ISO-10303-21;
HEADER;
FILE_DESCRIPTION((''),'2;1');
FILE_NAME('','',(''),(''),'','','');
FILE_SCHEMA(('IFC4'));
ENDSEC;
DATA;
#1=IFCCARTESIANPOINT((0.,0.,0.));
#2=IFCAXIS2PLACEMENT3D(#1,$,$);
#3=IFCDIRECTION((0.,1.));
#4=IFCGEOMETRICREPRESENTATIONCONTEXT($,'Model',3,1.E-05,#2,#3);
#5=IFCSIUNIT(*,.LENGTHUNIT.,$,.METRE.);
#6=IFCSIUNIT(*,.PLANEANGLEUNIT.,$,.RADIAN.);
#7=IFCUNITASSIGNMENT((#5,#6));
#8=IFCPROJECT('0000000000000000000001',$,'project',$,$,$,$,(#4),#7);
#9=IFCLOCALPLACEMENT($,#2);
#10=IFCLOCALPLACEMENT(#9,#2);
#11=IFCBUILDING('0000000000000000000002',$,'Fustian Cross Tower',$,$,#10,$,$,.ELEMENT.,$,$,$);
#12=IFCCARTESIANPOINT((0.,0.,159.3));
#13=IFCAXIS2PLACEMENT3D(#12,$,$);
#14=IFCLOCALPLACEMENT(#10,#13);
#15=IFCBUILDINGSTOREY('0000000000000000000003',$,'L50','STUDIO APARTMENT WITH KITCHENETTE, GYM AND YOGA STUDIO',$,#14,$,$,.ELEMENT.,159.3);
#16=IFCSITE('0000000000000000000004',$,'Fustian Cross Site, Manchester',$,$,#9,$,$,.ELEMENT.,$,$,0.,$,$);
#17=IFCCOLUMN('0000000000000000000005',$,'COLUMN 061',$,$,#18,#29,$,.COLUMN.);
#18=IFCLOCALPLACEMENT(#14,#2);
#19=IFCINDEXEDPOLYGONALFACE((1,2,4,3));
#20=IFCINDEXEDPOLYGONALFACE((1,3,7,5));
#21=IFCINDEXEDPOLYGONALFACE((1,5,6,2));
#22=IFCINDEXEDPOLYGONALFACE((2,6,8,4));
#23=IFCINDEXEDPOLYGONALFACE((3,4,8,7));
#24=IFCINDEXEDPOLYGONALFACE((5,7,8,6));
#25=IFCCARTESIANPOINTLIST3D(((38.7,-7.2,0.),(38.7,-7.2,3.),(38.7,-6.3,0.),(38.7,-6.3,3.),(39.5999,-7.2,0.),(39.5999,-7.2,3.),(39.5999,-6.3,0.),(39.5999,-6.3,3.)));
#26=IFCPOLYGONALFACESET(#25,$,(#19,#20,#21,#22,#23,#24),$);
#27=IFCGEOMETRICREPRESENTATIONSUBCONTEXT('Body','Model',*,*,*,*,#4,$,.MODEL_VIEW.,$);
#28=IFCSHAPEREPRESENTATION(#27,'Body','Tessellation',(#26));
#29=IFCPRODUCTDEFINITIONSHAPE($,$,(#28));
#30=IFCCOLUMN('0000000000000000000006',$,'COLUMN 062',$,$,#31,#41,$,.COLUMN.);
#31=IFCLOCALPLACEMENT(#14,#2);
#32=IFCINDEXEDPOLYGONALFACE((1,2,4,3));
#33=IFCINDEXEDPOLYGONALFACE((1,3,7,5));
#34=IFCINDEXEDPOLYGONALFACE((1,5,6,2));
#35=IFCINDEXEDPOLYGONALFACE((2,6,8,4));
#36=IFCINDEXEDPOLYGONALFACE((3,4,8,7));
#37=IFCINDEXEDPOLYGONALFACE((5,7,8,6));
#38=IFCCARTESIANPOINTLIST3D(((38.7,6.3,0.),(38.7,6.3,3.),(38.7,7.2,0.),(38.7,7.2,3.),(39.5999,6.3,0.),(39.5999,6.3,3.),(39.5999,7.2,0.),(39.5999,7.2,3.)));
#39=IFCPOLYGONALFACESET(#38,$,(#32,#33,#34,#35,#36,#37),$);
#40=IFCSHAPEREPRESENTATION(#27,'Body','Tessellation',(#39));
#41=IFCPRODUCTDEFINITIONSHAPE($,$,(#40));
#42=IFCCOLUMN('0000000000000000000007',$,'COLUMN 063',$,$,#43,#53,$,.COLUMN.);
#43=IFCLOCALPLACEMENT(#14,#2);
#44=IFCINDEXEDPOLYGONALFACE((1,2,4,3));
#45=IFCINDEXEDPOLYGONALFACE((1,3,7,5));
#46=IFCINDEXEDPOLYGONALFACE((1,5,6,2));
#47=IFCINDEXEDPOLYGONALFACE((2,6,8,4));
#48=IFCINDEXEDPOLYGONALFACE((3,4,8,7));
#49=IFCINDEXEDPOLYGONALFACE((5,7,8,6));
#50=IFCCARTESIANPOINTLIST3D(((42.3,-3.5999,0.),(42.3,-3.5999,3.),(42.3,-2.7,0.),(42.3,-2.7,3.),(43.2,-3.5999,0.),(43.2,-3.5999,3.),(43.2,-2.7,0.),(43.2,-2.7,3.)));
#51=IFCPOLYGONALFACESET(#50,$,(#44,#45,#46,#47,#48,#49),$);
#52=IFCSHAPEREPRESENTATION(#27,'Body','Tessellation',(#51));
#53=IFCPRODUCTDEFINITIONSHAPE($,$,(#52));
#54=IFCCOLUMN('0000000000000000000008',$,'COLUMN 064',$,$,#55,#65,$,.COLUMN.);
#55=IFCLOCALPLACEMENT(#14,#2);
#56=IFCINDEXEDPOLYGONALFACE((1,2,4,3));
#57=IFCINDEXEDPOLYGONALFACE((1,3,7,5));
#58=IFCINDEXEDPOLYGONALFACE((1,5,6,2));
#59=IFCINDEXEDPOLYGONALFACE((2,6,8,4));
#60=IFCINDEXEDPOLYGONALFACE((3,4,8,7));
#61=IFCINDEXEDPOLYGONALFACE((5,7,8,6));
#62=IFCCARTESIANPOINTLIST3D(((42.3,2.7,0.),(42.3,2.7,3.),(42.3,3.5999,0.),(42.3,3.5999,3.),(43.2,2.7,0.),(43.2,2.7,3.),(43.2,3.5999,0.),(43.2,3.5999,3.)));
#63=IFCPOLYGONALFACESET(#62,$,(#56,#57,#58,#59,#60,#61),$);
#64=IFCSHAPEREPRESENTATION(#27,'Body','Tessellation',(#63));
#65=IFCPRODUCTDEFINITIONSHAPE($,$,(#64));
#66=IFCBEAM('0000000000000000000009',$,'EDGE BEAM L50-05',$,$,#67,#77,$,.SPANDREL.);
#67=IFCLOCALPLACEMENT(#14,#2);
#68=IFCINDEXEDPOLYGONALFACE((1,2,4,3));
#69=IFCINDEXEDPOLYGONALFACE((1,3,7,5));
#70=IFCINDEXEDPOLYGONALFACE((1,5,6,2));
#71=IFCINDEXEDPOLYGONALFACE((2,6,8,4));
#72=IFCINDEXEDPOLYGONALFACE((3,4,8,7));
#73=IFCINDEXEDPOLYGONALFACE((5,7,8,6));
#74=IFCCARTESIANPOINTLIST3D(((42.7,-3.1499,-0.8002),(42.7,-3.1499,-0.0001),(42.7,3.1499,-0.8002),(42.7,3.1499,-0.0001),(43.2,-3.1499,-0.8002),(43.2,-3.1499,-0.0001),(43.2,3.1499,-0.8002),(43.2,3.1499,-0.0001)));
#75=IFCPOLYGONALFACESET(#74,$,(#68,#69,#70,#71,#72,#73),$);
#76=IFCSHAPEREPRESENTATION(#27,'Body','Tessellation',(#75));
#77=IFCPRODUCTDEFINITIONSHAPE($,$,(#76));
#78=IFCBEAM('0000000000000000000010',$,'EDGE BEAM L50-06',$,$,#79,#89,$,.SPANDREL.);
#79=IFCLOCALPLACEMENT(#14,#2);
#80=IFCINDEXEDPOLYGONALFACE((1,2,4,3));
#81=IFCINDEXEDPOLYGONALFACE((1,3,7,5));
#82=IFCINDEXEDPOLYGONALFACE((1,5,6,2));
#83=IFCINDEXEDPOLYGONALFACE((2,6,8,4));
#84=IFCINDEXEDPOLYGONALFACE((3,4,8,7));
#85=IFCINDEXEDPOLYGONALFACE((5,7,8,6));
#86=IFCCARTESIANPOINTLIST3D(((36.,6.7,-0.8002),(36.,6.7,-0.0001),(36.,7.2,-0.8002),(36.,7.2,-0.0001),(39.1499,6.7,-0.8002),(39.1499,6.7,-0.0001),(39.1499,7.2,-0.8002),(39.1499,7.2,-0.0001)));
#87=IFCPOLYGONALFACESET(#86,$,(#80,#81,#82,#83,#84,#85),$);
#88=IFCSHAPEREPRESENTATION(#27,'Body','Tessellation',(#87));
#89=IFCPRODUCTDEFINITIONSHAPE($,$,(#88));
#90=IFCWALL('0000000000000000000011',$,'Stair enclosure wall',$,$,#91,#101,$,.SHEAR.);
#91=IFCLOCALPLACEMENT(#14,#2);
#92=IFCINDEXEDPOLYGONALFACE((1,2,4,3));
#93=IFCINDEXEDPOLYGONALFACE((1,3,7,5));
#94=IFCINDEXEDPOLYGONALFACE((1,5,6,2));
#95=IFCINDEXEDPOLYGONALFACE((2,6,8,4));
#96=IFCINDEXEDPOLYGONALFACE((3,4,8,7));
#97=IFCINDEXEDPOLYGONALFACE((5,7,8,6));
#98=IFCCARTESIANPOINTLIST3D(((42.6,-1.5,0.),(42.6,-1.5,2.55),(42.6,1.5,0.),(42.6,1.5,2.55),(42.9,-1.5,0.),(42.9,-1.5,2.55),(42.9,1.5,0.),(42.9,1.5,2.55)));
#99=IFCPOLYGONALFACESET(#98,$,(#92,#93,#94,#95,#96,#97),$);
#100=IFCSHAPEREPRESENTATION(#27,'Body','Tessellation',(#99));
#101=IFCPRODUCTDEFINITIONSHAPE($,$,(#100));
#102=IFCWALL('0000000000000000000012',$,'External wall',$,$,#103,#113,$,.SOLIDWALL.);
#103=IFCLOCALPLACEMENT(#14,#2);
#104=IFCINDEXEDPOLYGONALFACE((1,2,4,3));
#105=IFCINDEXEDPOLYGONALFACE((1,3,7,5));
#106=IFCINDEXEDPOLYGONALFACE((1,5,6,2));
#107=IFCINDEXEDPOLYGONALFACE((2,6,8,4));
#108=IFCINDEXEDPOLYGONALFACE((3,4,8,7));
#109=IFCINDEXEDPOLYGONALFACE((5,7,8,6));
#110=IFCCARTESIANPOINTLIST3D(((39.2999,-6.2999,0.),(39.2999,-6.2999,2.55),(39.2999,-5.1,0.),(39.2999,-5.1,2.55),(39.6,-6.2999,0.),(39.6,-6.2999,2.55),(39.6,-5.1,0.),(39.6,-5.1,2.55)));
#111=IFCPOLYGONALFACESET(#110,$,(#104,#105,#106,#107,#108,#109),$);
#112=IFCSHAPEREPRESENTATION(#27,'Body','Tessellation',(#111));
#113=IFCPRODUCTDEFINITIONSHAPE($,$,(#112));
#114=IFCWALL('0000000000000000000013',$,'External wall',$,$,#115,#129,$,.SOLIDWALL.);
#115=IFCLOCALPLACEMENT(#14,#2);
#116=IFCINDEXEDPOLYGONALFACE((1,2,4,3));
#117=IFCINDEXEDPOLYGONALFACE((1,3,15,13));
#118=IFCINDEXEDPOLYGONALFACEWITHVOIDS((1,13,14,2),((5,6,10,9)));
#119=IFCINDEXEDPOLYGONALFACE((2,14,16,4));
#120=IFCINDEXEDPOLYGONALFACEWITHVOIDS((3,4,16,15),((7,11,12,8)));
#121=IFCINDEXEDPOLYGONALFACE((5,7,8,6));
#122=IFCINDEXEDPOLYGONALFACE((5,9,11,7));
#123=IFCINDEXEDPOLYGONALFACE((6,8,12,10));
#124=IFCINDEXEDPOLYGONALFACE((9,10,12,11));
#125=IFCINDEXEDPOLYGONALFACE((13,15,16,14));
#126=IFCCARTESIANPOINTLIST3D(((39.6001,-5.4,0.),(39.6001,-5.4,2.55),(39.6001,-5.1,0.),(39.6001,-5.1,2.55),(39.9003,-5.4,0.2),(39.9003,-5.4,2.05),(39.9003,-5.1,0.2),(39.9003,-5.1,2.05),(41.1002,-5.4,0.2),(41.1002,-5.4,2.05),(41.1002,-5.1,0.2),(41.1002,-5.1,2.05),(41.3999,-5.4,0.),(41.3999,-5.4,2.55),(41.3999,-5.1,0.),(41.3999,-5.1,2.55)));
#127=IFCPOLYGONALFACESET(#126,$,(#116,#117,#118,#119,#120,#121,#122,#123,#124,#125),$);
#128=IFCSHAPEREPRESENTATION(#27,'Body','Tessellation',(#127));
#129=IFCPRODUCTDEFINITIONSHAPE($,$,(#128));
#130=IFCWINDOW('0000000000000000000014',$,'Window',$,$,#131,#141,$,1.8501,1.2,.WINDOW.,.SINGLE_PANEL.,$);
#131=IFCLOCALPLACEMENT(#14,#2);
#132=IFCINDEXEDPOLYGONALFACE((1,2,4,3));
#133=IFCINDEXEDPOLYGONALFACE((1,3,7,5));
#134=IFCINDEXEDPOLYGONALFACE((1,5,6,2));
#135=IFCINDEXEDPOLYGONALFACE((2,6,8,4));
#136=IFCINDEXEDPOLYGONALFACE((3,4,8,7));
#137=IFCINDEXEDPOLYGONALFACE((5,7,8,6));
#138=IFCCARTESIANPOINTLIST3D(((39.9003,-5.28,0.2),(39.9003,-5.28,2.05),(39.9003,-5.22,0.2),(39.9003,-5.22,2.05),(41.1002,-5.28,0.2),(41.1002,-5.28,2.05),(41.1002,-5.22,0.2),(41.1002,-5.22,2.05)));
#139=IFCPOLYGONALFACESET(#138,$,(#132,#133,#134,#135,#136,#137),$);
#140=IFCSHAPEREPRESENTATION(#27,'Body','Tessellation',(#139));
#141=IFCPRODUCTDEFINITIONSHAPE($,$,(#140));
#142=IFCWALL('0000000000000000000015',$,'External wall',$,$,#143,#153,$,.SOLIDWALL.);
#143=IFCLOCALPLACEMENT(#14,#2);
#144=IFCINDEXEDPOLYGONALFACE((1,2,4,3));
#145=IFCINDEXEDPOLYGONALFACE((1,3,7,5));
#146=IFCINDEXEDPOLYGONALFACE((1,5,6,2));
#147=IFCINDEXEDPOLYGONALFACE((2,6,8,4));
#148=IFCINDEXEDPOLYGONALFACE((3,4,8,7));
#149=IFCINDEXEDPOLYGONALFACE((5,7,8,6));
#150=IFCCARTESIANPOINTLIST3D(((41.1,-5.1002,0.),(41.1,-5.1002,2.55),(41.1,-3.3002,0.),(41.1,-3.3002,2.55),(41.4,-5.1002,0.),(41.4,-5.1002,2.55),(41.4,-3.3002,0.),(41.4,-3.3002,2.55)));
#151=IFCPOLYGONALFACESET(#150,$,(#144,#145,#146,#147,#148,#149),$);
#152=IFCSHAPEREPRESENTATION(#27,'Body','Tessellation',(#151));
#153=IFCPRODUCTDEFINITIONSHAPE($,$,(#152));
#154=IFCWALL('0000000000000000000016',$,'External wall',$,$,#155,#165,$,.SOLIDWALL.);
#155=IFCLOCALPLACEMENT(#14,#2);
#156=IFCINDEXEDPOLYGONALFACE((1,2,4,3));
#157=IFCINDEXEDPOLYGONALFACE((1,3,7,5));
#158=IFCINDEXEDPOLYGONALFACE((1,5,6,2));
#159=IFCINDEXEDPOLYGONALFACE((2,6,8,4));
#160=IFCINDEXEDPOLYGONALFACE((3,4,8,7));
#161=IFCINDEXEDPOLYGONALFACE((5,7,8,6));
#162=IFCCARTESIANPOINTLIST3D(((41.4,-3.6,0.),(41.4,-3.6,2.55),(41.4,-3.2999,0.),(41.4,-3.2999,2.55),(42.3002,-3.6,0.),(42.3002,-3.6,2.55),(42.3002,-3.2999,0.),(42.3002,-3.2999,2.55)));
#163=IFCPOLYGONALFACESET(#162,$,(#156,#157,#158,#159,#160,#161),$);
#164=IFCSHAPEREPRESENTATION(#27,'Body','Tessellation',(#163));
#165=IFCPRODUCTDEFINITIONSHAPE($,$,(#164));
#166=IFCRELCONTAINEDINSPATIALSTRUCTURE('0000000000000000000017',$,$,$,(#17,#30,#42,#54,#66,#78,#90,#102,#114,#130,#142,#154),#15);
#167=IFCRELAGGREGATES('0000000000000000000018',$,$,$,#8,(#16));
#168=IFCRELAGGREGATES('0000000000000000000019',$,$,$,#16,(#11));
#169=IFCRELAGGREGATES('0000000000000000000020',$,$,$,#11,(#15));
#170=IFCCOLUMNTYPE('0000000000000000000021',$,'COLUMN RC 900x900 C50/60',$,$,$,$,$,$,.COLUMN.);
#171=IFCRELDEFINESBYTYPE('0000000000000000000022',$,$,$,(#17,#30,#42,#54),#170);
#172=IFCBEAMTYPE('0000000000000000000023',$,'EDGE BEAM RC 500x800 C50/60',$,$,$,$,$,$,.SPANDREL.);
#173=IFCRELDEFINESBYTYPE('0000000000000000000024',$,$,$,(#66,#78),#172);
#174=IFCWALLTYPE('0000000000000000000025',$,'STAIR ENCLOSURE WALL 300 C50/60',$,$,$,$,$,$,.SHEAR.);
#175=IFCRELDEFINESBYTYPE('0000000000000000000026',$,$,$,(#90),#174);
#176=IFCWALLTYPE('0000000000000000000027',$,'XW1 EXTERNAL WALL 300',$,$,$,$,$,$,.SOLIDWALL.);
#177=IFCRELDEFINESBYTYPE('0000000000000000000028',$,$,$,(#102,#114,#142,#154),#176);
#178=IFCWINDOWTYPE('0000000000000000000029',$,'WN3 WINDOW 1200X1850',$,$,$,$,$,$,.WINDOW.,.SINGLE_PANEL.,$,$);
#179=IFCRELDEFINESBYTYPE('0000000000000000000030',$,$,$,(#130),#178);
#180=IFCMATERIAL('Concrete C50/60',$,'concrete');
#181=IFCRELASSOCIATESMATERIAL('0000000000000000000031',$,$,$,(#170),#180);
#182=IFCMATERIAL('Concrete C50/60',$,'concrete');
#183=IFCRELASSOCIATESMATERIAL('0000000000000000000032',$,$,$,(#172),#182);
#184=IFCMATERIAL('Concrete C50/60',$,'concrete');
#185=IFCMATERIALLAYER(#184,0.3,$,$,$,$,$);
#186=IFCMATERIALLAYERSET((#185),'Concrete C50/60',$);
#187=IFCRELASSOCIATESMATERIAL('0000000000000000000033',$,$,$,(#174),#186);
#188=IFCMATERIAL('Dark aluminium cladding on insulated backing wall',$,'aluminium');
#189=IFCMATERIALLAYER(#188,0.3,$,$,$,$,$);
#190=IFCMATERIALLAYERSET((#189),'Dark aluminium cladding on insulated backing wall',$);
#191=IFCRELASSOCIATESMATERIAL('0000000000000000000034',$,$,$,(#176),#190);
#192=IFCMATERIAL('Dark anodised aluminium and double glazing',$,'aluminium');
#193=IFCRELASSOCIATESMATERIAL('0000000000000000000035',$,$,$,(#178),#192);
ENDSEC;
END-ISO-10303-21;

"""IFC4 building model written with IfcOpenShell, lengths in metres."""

from ifc_helpers import new_model, si_unit, direction, frame, frame_2d, origin, origin_2d, place, context, subcontext, project, spatial, rectangle, extrude, material, layer, layer_set, material_profile, profile_set, type_object, element, fill, save


model = new_model("IFC4")

# Units and contexts
model_context = context("Model", 3, precision=1e-05, world=origin(), true_north=direction((0.0, 1.0)))
body_context = subcontext(model_context, "Body", "Model", "MODEL_VIEW")
ifc_project = project(units=[si_unit("LENGTHUNIT", "METRE"), si_unit("PLANEANGLEUNIT", "RADIAN")], contexts=[model_context])

# Site, building, storey
site_placement = place(None, origin())
site = spatial("IfcSite", under=ifc_project, at=site_placement, Name="Fustian Cross Site, Manchester", CompositionType="ELEMENT", RefElevation=0.0)
building_placement = place(site_placement, origin())
building = spatial("IfcBuilding", under=site, at=building_placement, Name="Fustian Cross Tower", CompositionType="ELEMENT")
storey_placement = place(building_placement, frame((0.0, 0.0, 159.3)))
storey = spatial("IfcBuildingStorey", under=building, at=storey_placement, Name="L50", Description="STUDIO APARTMENT WITH KITCHENETTE, GYM AND YOGA STUDIO", CompositionType="ELEMENT", Elevation=159.3)

# Columns
ifc_material_1 = material(Name="Concrete C50/60", Category="concrete")
ifc_material_profile_1 = material_profile(ifc_material_1, rectangle(XDim=0.8999, YDim=0.8999, at=origin_2d()), Name="RC 900x900")
ifc_profile_set_1 = profile_set([ifc_material_profile_1], Name="Concrete C50/60")
column_type = type_object("IfcColumnType", Name="COLUMN RC 900x900 C50/60", PredefinedType="COLUMN", material=ifc_profile_set_1)
for number, where, z_axis, x_axis, name in (
    (1, (39.1499, -6.75, 0.0), (0.0, 0.0, 1.0), (1.0, 0.0, 0.0), "COLUMN 061"),
    (2, (39.1499, 6.75, 0.0), (0.0, 0.0, 1.0), (1.0, 0.0, 0.0), "COLUMN 062"),
    (3, (42.75, -3.1499, 0.0), (0.0, 0.0, 1.0), (1.0, 0.0, 0.0), "COLUMN 063"),
    (4, (42.75, 3.1499, 0.0), (0.0, 0.0, 1.0), (1.0, 0.0, 0.0), "COLUMN 064"),
):
    element("IfcColumn", number, at=place(storey_placement, frame(where, z_axis=z_axis, x_axis=x_axis)), inside=storey, type_object=column_type, Name=name, PredefinedType="COLUMN", context=body_context, shape_type="SweptSolid", body=[
        extrude(rectangle(XDim=0.8999, YDim=0.8999, at=origin_2d()), origin(), (0.0, 0.0, 1.0), 3.0),
    ])

# Beams
ifc_material_2 = material(Name="Concrete C50/60", Category="concrete")
ifc_material_profile_2 = material_profile(ifc_material_2, rectangle(XDim=0.5, YDim=0.8, at=origin_2d()), Name="RC 500x800")
ifc_profile_set_2 = profile_set([ifc_material_profile_2], Name="Concrete C50/60")
beam_type = type_object("IfcBeamType", Name="EDGE BEAM RC 500x800 C50/60", PredefinedType="SPANDREL", material=ifc_profile_set_2)
beam_1_placement = place(storey_placement, frame((42.95, -3.1499, -0.4001), z_axis=(0.0, 1.0, 0.0), x_axis=(-1.0, 0.0, 0.0)))
element("IfcBeam", 5, at=beam_1_placement, inside=storey, type_object=beam_type, Name="EDGE BEAM L50-05", PredefinedType="SPANDREL", context=body_context, shape_type="SweptSolid", body=[
    extrude(rectangle(XDim=0.5, YDim=0.8, at=origin_2d()), origin(), (0.0, 0.0, 1.0), 6.2998),
])
beam_2_placement = place(storey_placement, frame((39.1499, 6.95, -0.4001), z_axis=(-1.0, 0.0, 0.0), x_axis=(0.0, -1.0, 0.0)))
element("IfcBeam", 6, at=beam_2_placement, inside=storey, type_object=beam_type, Name="EDGE BEAM L50-06", PredefinedType="SPANDREL", context=body_context, shape_type="SweptSolid", body=[
    extrude(rectangle(XDim=0.5, YDim=0.8, at=origin_2d()), origin(), (0.0, 0.0, 1.0), 3.1499),
])

# Walls
ifc_material_3 = material(Name="Concrete C50/60", Category="concrete")
ifc_layer_1 = layer(ifc_material_3, 0.3)
ifc_layer_set_1 = layer_set([ifc_layer_1], Name="Concrete C50/60")
wall_type_1 = type_object("IfcWallType", Name="STAIR ENCLOSURE WALL 300 C50/60", PredefinedType="SHEAR", material=ifc_layer_set_1)
wall_1_placement = place(storey_placement, frame((42.75, -1.5, 0.0), z_axis=(0.0, 0.0, 1.0), x_axis=(0.0, 1.0, 0.0)))
element("IfcWall", 7, at=wall_1_placement, inside=storey, type_object=wall_type_1, Name="Stair enclosure wall", PredefinedType="SHEAR", context=body_context, shape_type="SweptSolid", body=[
    extrude(rectangle(XDim=3.0, YDim=0.3, at=frame_2d((1.5, 0.0))), origin(), (0.0, 0.0, 1.0), 2.55),
])
ifc_material_4 = material(Name="Dark aluminium cladding on insulated backing wall", Category="aluminium")
ifc_layer_2 = layer(ifc_material_4, 0.3)
ifc_layer_set_2 = layer_set([ifc_layer_2], Name="Dark aluminium cladding on insulated backing wall")
wall_type_2 = type_object("IfcWallType", Name="XW1 EXTERNAL WALL 300", PredefinedType="SOLIDWALL", material=ifc_layer_set_2)
wall_2_placement = place(storey_placement, frame((39.45, -6.3, 0.0), z_axis=(0.0, 0.0, 1.0), x_axis=(0.0, 1.0, 0.0)))
element("IfcWall", 8, at=wall_2_placement, inside=storey, type_object=wall_type_2, Name="External wall", PredefinedType="SOLIDWALL", context=body_context, shape_type="SweptSolid", body=[
    extrude(rectangle(XDim=1.2, YDim=0.3, at=frame_2d((0.6001, 0.0))), origin(), (0.0, 0.0, 1.0), 2.55),
])

# Wall, opening, window
wall_3_placement = place(storey_placement, frame((39.6001, -5.25, 0.0), z_axis=(0.0, 0.0, 1.0), x_axis=(1.0, 0.0, 0.0)))
wall_3 = element("IfcWall", 9, at=wall_3_placement, inside=storey, type_object=wall_type_2, Name="External wall", PredefinedType="SOLIDWALL", context=body_context, shape_type="SweptSolid", body=[
    extrude(rectangle(XDim=1.7998, YDim=0.3, at=frame_2d((0.8999, 0.0))), origin(), (0.0, 0.0, 1.0), 2.55),
])
opening_1_placement = place(wall_3_placement, frame((0.3, 0.0, 0.2)))
opening_1 = element("IfcOpeningElement", 10, at=opening_1_placement, cuts=wall_3, PredefinedType="OPENING", context=body_context, shape_type="SweptSolid", body=[
    extrude(rectangle(XDim=1.2, YDim=1.8501, at=frame_2d((0.6001, 0.925))), frame((0.0, 0.1599, 0.0), z_axis=(0.0, -1.0, 0.0), x_axis=(1.0, 0.0, 0.0)), (0.0, 0.0, 1.0), 0.3201),
])
ifc_material_5 = material(Name="Dark anodised aluminium and double glazing", Category="aluminium")
window_type_1 = type_object("IfcWindowType", Name="WN3 WINDOW 1200X1850", PartitioningType="SINGLE_PANEL", PredefinedType="WINDOW", material=ifc_material_5)
window_1_placement = place(opening_1_placement, origin())
window_1 = element("IfcWindow", 11, at=window_1_placement, inside=storey, type_object=window_type_1, Name="Window", OverallHeight=1.8501, OverallWidth=1.2, PartitioningType="SINGLE_PANEL", PredefinedType="WINDOW", context=body_context, shape_type="SweptSolid", body=[
    extrude(rectangle(XDim=1.2, YDim=1.8501, at=frame_2d((0.6001, 0.925))), frame((0.0, 0.03, 0.0), z_axis=(0.0, -1.0, 0.0), x_axis=(1.0, 0.0, 0.0)), (0.0, 0.0, 1.0), 0.0601),
])
fill(opening_1, window_1)

# Walls
wall_4_placement = place(storey_placement, frame((41.25, -5.1001, 0.0), z_axis=(0.0, 0.0, 1.0), x_axis=(0.0, 1.0, 0.0)))
element("IfcWall", 12, at=wall_4_placement, inside=storey, type_object=wall_type_2, Name="External wall", PredefinedType="SOLIDWALL", context=body_context, shape_type="SweptSolid", body=[
    extrude(rectangle(XDim=1.8, YDim=0.3, at=frame_2d((0.8999, 0.0))), origin(), (0.0, 0.0, 1.0), 2.55),
])
wall_5_placement = place(storey_placement, frame((41.3999, -3.45, 0.0), z_axis=(0.0, 0.0, 1.0), x_axis=(1.0, 0.0, 0.0)))
element("IfcWall", 13, at=wall_5_placement, inside=storey, type_object=wall_type_2, Name="External wall", PredefinedType="SOLIDWALL", context=body_context, shape_type="SweptSolid", body=[
    extrude(rectangle(XDim=0.9001, YDim=0.3, at=frame_2d((0.4502, 0.0))), origin(), (0.0, 0.0, 1.0), 2.55),
])

save(model, "model.ifc")
